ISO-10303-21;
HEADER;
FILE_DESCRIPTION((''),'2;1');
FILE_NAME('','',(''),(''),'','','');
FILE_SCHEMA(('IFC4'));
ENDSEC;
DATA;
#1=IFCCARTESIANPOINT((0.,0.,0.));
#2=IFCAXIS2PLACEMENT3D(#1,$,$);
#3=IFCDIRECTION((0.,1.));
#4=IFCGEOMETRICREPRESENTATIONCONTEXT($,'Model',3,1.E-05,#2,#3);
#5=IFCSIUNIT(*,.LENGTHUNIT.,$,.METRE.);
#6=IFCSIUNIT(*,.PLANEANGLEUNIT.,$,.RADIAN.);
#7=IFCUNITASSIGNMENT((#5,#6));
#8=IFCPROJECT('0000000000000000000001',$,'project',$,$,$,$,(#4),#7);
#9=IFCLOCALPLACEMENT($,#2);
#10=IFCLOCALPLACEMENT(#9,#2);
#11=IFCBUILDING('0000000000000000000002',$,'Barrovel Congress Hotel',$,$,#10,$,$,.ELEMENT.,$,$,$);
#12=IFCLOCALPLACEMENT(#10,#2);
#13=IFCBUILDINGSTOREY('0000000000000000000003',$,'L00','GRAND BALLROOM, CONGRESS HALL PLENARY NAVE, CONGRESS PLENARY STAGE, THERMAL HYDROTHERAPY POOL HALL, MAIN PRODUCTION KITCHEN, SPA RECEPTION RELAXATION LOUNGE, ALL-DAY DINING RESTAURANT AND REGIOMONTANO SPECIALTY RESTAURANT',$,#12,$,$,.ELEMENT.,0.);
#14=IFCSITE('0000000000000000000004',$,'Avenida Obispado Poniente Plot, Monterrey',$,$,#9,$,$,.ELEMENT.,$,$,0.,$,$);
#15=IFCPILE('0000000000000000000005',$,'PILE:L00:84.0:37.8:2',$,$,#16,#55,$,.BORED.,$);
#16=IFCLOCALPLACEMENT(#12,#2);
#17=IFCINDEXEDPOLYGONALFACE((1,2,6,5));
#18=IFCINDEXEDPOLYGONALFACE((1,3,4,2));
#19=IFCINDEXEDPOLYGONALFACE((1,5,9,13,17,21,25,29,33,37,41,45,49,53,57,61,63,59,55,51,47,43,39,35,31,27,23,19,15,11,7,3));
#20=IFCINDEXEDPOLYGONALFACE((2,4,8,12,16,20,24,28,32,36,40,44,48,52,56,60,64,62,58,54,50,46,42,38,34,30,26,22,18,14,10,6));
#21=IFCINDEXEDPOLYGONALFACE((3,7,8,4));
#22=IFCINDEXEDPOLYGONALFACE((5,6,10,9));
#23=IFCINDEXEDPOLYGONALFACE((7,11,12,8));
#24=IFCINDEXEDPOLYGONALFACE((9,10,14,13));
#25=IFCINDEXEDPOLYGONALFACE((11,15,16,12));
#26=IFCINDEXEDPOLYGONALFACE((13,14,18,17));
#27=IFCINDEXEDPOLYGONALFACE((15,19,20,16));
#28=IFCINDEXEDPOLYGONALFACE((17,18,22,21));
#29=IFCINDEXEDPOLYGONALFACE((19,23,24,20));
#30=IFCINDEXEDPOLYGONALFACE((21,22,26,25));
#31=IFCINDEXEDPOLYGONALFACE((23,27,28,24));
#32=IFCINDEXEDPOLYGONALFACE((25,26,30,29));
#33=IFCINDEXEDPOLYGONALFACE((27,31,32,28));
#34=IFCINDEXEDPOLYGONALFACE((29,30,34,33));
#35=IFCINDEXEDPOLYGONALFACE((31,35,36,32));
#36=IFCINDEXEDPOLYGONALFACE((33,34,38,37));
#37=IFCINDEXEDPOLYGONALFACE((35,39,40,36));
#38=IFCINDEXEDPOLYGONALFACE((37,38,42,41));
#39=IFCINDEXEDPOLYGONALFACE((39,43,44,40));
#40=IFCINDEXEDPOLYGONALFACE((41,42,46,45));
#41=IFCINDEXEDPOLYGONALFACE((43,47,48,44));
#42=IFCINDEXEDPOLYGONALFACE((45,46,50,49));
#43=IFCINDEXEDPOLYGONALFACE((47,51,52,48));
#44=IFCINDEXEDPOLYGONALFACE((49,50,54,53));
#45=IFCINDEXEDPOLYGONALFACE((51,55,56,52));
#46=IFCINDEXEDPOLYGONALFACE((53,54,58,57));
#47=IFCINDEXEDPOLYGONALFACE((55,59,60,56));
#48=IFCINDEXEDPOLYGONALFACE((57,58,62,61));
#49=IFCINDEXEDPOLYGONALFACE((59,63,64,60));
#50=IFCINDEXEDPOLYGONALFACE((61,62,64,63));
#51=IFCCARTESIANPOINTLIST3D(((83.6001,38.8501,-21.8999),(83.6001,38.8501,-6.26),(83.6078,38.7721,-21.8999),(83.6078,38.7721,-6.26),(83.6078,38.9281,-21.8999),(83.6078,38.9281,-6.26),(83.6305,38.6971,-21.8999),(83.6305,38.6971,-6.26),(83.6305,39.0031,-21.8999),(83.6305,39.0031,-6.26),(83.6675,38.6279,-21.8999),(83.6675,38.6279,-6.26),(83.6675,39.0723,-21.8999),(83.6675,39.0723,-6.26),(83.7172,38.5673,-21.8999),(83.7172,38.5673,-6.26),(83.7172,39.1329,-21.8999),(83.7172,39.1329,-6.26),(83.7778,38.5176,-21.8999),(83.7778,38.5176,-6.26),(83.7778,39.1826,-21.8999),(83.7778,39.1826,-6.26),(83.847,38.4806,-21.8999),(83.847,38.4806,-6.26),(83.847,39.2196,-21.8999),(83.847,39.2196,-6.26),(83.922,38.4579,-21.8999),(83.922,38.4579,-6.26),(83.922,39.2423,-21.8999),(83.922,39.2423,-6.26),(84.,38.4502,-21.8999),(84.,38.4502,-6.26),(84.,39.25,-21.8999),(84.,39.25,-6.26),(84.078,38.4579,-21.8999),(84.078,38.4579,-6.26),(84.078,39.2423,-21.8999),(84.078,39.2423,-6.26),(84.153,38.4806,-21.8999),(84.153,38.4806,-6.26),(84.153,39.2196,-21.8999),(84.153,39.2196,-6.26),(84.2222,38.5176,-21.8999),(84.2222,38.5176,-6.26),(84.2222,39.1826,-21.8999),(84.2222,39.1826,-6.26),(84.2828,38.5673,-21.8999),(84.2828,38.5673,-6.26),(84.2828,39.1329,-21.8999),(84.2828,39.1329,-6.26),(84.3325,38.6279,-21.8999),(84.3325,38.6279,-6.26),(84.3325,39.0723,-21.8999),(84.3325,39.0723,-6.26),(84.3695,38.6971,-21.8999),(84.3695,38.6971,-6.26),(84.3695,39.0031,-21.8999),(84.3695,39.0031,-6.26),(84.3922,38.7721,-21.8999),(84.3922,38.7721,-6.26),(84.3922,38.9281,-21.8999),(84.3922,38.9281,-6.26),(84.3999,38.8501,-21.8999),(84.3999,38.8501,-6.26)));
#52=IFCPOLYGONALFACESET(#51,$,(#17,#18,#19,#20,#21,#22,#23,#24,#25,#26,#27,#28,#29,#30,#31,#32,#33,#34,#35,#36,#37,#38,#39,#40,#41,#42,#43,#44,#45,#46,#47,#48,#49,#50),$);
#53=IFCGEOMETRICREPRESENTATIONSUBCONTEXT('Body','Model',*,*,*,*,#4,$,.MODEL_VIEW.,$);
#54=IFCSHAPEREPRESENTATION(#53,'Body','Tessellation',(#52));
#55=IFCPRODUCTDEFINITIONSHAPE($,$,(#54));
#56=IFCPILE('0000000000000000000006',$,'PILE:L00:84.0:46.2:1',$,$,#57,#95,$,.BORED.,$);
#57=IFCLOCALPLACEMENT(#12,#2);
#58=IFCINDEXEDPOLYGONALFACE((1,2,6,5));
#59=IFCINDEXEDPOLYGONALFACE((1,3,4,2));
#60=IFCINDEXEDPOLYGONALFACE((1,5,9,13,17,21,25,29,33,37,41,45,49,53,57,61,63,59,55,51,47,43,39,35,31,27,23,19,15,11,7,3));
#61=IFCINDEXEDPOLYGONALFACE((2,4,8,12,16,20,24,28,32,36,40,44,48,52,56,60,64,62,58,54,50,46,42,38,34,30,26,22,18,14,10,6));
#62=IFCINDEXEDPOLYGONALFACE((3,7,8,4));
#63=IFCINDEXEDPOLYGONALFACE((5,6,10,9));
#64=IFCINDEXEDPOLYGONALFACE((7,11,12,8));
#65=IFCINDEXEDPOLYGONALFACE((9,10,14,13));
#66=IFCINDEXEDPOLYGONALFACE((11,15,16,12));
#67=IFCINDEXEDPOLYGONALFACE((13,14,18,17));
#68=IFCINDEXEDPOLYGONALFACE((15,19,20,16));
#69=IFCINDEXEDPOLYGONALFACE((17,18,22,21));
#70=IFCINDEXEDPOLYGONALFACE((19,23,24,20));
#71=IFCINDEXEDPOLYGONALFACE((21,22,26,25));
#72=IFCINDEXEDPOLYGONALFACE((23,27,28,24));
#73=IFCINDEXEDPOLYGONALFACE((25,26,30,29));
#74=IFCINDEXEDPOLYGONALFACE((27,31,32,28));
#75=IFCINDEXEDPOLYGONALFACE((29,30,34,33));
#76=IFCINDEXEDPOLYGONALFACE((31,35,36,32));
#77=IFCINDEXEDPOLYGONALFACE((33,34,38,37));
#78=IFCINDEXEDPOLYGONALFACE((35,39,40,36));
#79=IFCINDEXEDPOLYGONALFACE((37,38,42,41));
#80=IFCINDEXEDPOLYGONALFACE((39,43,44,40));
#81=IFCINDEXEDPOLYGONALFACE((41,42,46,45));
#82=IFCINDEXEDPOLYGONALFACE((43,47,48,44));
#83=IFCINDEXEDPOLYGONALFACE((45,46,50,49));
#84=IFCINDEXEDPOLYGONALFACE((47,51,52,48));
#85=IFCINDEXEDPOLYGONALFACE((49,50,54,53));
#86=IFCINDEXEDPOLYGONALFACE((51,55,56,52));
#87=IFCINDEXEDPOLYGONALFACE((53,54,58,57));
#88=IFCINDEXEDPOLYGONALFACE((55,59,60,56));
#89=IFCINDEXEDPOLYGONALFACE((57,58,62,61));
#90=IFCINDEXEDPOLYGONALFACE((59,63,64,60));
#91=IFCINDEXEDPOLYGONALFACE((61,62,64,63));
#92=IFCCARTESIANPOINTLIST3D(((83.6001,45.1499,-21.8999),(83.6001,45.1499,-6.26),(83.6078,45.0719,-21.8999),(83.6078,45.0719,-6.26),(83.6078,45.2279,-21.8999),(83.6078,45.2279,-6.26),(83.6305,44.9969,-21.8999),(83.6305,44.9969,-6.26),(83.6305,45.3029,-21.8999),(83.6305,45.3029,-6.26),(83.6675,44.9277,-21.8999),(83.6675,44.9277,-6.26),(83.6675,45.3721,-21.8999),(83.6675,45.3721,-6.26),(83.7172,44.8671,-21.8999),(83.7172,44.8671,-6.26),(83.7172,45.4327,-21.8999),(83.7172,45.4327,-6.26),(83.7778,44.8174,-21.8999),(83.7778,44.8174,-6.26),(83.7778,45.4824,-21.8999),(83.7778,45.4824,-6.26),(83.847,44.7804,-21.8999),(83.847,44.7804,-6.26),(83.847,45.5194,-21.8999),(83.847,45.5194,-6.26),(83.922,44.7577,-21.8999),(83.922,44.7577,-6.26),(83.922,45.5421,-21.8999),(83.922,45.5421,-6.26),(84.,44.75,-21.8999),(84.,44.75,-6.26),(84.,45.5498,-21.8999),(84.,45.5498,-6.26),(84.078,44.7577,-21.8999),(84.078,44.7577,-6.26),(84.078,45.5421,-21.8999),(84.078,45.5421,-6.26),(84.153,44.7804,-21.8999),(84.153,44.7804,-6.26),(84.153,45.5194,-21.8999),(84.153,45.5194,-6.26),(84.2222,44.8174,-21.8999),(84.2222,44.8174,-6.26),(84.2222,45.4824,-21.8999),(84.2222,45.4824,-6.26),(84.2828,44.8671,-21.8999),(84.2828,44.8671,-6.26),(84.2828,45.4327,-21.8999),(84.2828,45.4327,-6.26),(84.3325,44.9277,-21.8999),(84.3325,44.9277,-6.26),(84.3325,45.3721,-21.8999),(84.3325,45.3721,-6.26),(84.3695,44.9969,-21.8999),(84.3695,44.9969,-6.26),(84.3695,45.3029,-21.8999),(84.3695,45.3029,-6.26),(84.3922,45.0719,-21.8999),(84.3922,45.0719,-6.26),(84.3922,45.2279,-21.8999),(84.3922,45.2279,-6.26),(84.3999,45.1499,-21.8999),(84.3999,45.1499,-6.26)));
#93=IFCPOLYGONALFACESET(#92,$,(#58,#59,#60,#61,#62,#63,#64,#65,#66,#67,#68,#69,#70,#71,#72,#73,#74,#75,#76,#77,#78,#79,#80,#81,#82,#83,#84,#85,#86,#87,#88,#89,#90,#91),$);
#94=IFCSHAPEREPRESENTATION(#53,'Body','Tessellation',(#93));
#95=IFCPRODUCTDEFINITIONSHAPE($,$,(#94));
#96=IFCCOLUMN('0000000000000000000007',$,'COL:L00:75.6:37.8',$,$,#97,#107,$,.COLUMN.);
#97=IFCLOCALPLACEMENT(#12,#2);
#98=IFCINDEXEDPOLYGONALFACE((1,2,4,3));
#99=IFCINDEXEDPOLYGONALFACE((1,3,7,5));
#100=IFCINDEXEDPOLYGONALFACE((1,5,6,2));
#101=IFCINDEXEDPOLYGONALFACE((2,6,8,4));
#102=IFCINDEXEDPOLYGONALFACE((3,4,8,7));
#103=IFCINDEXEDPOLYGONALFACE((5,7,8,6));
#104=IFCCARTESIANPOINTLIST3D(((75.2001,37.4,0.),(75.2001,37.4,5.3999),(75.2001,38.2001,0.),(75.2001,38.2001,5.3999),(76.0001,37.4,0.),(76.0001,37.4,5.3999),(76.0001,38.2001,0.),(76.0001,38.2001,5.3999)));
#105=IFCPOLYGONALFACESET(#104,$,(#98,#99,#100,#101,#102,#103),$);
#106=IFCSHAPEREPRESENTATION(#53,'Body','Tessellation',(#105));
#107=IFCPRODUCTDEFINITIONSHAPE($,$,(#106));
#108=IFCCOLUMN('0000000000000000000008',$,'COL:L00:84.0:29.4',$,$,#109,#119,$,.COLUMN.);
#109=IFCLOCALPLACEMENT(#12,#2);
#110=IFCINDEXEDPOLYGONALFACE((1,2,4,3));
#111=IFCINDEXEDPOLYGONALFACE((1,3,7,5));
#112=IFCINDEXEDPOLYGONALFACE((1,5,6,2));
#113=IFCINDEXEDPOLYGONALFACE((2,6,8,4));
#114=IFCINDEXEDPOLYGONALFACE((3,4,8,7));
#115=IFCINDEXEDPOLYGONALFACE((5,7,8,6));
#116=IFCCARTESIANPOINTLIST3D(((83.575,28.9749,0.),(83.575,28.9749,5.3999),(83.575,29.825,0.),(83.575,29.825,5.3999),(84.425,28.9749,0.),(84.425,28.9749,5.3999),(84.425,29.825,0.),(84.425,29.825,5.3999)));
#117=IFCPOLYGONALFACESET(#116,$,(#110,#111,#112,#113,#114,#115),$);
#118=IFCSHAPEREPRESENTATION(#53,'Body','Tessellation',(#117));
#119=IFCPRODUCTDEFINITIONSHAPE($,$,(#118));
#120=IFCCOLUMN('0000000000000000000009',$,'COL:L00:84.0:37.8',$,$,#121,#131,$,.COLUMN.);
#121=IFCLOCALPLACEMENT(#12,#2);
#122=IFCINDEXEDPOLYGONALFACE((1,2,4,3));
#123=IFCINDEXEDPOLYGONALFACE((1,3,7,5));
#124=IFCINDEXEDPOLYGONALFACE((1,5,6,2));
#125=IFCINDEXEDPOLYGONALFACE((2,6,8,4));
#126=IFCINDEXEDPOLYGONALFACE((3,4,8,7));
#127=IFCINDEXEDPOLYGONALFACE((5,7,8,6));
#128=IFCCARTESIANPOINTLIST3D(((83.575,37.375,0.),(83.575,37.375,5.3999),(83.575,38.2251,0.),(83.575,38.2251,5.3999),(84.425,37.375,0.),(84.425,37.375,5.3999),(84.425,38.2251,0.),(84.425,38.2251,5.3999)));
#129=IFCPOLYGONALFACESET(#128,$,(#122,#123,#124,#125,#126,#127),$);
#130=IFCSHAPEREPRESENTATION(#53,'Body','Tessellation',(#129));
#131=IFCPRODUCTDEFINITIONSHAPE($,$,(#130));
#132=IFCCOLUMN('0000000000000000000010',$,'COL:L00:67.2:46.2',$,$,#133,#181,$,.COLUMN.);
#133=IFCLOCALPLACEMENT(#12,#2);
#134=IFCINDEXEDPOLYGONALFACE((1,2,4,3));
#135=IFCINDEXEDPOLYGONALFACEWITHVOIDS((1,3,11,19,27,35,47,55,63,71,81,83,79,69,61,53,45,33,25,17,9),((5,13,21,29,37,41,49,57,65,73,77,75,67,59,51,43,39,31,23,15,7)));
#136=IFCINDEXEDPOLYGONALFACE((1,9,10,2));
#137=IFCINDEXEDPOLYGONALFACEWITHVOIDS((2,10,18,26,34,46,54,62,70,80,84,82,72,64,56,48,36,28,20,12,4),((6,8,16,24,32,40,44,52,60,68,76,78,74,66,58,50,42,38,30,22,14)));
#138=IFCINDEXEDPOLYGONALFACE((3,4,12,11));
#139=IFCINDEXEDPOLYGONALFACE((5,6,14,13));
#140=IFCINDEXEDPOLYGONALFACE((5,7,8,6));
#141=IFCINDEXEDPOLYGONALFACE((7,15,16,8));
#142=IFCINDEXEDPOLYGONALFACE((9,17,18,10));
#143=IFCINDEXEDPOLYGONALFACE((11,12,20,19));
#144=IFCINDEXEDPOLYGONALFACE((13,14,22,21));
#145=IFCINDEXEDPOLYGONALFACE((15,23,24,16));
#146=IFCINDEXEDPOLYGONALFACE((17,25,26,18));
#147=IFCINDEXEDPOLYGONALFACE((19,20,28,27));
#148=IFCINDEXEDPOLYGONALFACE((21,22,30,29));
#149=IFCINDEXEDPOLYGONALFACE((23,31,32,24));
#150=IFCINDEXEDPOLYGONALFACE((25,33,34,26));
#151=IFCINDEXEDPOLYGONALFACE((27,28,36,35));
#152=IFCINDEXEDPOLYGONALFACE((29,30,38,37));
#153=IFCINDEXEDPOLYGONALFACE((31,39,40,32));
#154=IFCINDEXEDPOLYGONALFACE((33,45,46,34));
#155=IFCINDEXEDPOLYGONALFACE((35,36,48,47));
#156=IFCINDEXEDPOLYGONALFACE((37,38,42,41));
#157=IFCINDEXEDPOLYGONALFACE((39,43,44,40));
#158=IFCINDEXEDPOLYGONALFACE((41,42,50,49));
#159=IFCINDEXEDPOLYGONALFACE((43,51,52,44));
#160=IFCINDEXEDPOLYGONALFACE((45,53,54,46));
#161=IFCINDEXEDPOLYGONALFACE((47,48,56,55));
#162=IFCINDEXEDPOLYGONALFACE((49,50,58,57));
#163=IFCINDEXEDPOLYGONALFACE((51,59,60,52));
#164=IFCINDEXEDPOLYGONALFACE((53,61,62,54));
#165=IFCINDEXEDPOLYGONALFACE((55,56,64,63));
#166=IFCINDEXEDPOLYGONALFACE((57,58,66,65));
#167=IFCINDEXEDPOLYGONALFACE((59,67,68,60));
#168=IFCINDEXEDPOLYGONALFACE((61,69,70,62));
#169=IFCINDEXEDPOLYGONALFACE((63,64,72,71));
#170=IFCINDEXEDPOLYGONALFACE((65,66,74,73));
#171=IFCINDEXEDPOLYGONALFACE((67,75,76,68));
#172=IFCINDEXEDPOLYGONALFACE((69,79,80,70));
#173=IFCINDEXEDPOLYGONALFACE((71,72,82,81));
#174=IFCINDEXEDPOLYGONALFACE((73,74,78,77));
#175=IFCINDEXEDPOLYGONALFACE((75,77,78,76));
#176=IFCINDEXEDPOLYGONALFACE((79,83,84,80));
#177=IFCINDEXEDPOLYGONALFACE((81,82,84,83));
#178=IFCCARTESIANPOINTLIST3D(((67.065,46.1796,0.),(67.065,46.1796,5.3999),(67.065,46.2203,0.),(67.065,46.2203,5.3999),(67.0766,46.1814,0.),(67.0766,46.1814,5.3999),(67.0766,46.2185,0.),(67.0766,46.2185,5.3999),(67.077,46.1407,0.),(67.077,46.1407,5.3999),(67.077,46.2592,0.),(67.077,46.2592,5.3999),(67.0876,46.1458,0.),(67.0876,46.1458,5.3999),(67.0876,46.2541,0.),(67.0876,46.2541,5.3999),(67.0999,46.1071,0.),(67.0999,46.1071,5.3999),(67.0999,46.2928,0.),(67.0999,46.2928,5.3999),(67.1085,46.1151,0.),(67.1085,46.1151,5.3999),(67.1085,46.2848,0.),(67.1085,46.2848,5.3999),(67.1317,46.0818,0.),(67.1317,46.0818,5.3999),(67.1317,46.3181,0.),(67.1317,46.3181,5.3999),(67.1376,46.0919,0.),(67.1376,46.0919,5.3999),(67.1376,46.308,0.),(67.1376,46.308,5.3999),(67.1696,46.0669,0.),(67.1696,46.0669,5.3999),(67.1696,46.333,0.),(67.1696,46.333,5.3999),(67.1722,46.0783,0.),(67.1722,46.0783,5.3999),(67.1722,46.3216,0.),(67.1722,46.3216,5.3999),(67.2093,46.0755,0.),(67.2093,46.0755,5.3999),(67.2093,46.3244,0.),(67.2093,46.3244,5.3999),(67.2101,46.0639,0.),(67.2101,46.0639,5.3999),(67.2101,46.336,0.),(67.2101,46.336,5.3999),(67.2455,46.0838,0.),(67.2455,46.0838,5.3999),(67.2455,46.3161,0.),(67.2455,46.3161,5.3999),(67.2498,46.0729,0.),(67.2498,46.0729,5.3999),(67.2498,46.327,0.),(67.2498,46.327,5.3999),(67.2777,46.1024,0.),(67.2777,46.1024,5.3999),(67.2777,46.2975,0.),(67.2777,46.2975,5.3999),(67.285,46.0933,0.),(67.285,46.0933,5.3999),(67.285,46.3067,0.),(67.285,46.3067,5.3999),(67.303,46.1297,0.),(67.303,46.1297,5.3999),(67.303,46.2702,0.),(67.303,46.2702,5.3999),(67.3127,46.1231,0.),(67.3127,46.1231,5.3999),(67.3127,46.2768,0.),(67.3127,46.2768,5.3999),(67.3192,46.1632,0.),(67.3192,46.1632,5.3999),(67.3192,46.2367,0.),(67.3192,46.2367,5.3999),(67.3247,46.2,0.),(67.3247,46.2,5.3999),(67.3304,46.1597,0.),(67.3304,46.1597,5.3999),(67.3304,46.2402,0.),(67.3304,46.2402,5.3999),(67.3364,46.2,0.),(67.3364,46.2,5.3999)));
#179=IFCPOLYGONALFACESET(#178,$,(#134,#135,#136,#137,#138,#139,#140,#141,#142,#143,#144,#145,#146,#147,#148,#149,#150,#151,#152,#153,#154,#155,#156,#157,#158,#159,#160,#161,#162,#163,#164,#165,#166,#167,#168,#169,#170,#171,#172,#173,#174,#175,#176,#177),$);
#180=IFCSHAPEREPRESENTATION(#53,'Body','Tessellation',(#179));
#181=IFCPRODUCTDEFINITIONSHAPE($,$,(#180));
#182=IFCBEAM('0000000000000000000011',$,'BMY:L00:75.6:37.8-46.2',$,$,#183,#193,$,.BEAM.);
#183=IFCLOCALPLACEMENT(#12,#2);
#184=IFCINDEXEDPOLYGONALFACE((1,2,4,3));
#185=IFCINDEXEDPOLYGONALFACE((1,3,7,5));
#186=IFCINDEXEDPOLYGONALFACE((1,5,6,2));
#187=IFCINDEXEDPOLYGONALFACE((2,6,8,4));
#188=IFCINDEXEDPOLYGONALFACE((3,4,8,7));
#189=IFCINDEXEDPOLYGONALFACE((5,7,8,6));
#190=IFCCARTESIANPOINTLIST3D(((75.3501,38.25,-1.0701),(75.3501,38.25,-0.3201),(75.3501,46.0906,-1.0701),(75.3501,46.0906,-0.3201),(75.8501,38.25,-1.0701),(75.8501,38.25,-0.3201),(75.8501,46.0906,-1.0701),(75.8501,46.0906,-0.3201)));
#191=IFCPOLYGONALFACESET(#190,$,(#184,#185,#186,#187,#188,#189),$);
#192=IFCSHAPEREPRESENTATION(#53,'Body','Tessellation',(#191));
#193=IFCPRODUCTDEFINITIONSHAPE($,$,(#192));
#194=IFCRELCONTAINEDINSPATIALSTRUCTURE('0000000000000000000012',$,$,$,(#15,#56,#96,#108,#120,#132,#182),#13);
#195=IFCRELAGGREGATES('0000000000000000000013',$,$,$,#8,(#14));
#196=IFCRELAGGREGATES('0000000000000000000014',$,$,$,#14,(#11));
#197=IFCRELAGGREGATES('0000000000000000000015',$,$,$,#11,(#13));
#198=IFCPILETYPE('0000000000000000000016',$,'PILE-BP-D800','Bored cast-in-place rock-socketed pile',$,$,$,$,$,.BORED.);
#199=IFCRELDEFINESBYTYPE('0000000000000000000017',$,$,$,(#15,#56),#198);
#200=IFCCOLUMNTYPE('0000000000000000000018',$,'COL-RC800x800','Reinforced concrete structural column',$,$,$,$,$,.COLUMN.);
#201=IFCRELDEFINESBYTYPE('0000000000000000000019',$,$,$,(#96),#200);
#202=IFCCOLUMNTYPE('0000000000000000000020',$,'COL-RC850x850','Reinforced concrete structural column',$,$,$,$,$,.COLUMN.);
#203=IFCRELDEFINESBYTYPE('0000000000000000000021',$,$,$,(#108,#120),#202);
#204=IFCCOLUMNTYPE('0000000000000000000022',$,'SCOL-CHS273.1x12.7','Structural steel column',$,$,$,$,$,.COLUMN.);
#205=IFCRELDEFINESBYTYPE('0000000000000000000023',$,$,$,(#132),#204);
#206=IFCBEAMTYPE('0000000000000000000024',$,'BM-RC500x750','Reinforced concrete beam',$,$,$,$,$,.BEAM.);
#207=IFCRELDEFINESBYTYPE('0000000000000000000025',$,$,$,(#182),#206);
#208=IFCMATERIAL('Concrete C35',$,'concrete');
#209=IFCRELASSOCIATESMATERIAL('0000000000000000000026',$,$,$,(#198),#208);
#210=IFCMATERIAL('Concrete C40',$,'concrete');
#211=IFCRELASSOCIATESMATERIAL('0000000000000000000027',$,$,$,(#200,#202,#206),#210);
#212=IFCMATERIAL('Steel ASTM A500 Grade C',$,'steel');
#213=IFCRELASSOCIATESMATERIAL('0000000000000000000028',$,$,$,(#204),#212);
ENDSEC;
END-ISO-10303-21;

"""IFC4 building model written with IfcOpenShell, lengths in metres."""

from ifc_helpers import new_model, si_unit, direction, frame, origin, origin_2d, place, context, subcontext, project, spatial, rectangle, circle, hollow_circle, extrude, material, material_profile, profile_set, type_object, element, save


model = new_model("IFC4")

# Units and contexts
model_context = context("Model", 3, precision=1e-05, world=origin(), true_north=direction((0.0, 1.0)))
body_context = subcontext(model_context, "Body", "Model", "MODEL_VIEW")
ifc_project = project(units=[si_unit("LENGTHUNIT", "METRE"), si_unit("PLANEANGLEUNIT", "RADIAN")], contexts=[model_context])

# Site, building, storey
site_placement = place(None, origin())
site = spatial("IfcSite", under=ifc_project, at=site_placement, Name="Avenida Obispado Poniente Plot, Monterrey", CompositionType="ELEMENT", RefElevation=0.0)
building_placement = place(site_placement, origin())
building = spatial("IfcBuilding", under=site, at=building_placement, Name="Barrovel Congress Hotel", CompositionType="ELEMENT")
storey_placement = place(building_placement, origin())
storey = spatial("IfcBuildingStorey", under=building, at=storey_placement, Name="L00", Description="GRAND BALLROOM, CONGRESS HALL PLENARY NAVE, CONGRESS PLENARY STAGE, THERMAL HYDROTHERAPY POOL HALL, MAIN PRODUCTION KITCHEN, SPA RECEPTION RELAXATION LOUNGE, ALL-DAY DINING RESTAURANT AND REGIOMONTANO SPECIALTY RESTAURANT", CompositionType="ELEMENT", Elevation=0.0)

# Shared definitions
ifc_material_1 = material(Name="Concrete C40", Category="concrete")

# Piles
ifc_material_2 = material(Name="Concrete C35", Category="concrete")
ifc_material_profile_1 = material_profile(ifc_material_2, circle(Radius=0.3999, at=origin_2d()), Name="BP-D800")
ifc_profile_set_1 = profile_set([ifc_material_profile_1], Name="Concrete C35")
pile_type = type_object("IfcPileType", Name="PILE-BP-D800", Description="Bored cast-in-place rock-socketed pile", PredefinedType="BORED", material=ifc_profile_set_1)
for number, where, z_axis, x_axis, name in (
    (1, (84.0, 38.8501, -6.26), (0.0, 0.0, -1.0), (1.0, 0.0, 0.0), "PILE:L00:84.0:37.8:2"),
    (2, (84.0, 45.1499, -6.26), (0.0, 0.0, -1.0), (1.0, 0.0, 0.0), "PILE:L00:84.0:46.2:1"),
):
    element("IfcPile", number, at=place(storey_placement, frame(where, z_axis=z_axis, x_axis=x_axis)), inside=storey, type_object=pile_type, Name=name, PredefinedType="BORED", context=body_context, shape_type="SweptSolid", body=[
        extrude(circle(Radius=0.3999, at=origin_2d()), origin(), (0.0, 0.0, 1.0), 15.6399),
    ])

# Columns
ifc_material_profile_2 = material_profile(ifc_material_1, rectangle(XDim=0.8, YDim=0.8, at=origin_2d()), Name="RC800x800")
ifc_profile_set_2 = profile_set([ifc_material_profile_2], Name="Concrete C40")
column_type_1 = type_object("IfcColumnType", Name="COL-RC800x800", Description="Reinforced concrete structural column", PredefinedType="COLUMN", material=ifc_profile_set_2)
column_1_placement = place(storey_placement, frame((75.6001, 37.8, 0.0), z_axis=(0.0, 0.0, 1.0), x_axis=(1.0, 0.0, 0.0)))
element("IfcColumn", 3, at=column_1_placement, inside=storey, type_object=column_type_1, Name="COL:L00:75.6:37.8", PredefinedType="COLUMN", context=body_context, shape_type="SweptSolid", body=[
    extrude(rectangle(XDim=0.8, YDim=0.8, at=origin_2d()), origin(), (0.0, 0.0, 1.0), 5.3999),
])
ifc_material_profile_3 = material_profile(ifc_material_1, rectangle(XDim=0.8501, YDim=0.8501, at=origin_2d()), Name="RC850x850")
ifc_profile_set_3 = profile_set([ifc_material_profile_3], Name="Concrete C40")
column_type_2 = type_object("IfcColumnType", Name="COL-RC850x850", Description="Reinforced concrete structural column", PredefinedType="COLUMN", material=ifc_profile_set_3)
for number, where, z_axis, x_axis, name in (
    (4, (84.0, 29.3999, 0.0), (0.0, 0.0, 1.0), (1.0, 0.0, 0.0), "COL:L00:84.0:29.4"),
    (5, (84.0, 37.8, 0.0), (0.0, 0.0, 1.0), (1.0, 0.0, 0.0), "COL:L00:84.0:37.8"),
):
    element("IfcColumn", number, at=place(storey_placement, frame(where, z_axis=z_axis, x_axis=x_axis)), inside=storey, type_object=column_type_2, Name=name, PredefinedType="COLUMN", context=body_context, shape_type="SweptSolid", body=[
        extrude(rectangle(XDim=0.8501, YDim=0.8501, at=origin_2d()), origin(), (0.0, 0.0, 1.0), 5.3999),
    ])
ifc_material_3 = material(Name="Steel ASTM A500 Grade C", Category="steel")
ifc_material_profile_4 = material_profile(ifc_material_3, hollow_circle(Radius=0.1365, WallThickness=0.0117, at=origin_2d()), Name="CHS273.1x12.7")
ifc_profile_set_4 = profile_set([ifc_material_profile_4], Name="Steel ASTM A500 Grade C")
column_type_3 = type_object("IfcColumnType", Name="SCOL-CHS273.1x12.7", Description="Structural steel column", PredefinedType="COLUMN", material=ifc_profile_set_4)
column_2_placement = place(storey_placement, frame((67.2, 46.2, 0.0), z_axis=(0.0, 0.0, 1.0), x_axis=(1.0, 0.0, 0.0)))
element("IfcColumn", 6, at=column_2_placement, inside=storey, type_object=column_type_3, Name="COL:L00:67.2:46.2", PredefinedType="COLUMN", context=body_context, shape_type="SweptSolid", body=[
    extrude(hollow_circle(Radius=0.1365, WallThickness=0.0117, at=origin_2d()), origin(), (0.0, 0.0, 1.0), 5.3999),
])

# Beam
ifc_material_profile_5 = material_profile(ifc_material_1, rectangle(XDim=0.5, YDim=0.75, at=origin_2d()), Name="RC500x750")
ifc_profile_set_5 = profile_set([ifc_material_profile_5], Name="Concrete C40")
beam_type_1 = type_object("IfcBeamType", Name="BM-RC500x750", Description="Reinforced concrete beam", PredefinedType="BEAM", material=ifc_profile_set_5)
beam_1_placement = place(storey_placement, frame((75.6001, 38.25, -0.6951), z_axis=(0.0, 1.0, 0.0), x_axis=(-1.0, 0.0, 0.0)))
element("IfcBeam", 7, at=beam_1_placement, inside=storey, type_object=beam_type_1, Name="BMY:L00:75.6:37.8-46.2", PredefinedType="BEAM", context=body_context, shape_type="SweptSolid", body=[
    extrude(rectangle(XDim=0.5, YDim=0.75, at=origin_2d()), origin(), (0.0, 0.0, 1.0), 7.8406),
])

save(model, "model.ifc")
